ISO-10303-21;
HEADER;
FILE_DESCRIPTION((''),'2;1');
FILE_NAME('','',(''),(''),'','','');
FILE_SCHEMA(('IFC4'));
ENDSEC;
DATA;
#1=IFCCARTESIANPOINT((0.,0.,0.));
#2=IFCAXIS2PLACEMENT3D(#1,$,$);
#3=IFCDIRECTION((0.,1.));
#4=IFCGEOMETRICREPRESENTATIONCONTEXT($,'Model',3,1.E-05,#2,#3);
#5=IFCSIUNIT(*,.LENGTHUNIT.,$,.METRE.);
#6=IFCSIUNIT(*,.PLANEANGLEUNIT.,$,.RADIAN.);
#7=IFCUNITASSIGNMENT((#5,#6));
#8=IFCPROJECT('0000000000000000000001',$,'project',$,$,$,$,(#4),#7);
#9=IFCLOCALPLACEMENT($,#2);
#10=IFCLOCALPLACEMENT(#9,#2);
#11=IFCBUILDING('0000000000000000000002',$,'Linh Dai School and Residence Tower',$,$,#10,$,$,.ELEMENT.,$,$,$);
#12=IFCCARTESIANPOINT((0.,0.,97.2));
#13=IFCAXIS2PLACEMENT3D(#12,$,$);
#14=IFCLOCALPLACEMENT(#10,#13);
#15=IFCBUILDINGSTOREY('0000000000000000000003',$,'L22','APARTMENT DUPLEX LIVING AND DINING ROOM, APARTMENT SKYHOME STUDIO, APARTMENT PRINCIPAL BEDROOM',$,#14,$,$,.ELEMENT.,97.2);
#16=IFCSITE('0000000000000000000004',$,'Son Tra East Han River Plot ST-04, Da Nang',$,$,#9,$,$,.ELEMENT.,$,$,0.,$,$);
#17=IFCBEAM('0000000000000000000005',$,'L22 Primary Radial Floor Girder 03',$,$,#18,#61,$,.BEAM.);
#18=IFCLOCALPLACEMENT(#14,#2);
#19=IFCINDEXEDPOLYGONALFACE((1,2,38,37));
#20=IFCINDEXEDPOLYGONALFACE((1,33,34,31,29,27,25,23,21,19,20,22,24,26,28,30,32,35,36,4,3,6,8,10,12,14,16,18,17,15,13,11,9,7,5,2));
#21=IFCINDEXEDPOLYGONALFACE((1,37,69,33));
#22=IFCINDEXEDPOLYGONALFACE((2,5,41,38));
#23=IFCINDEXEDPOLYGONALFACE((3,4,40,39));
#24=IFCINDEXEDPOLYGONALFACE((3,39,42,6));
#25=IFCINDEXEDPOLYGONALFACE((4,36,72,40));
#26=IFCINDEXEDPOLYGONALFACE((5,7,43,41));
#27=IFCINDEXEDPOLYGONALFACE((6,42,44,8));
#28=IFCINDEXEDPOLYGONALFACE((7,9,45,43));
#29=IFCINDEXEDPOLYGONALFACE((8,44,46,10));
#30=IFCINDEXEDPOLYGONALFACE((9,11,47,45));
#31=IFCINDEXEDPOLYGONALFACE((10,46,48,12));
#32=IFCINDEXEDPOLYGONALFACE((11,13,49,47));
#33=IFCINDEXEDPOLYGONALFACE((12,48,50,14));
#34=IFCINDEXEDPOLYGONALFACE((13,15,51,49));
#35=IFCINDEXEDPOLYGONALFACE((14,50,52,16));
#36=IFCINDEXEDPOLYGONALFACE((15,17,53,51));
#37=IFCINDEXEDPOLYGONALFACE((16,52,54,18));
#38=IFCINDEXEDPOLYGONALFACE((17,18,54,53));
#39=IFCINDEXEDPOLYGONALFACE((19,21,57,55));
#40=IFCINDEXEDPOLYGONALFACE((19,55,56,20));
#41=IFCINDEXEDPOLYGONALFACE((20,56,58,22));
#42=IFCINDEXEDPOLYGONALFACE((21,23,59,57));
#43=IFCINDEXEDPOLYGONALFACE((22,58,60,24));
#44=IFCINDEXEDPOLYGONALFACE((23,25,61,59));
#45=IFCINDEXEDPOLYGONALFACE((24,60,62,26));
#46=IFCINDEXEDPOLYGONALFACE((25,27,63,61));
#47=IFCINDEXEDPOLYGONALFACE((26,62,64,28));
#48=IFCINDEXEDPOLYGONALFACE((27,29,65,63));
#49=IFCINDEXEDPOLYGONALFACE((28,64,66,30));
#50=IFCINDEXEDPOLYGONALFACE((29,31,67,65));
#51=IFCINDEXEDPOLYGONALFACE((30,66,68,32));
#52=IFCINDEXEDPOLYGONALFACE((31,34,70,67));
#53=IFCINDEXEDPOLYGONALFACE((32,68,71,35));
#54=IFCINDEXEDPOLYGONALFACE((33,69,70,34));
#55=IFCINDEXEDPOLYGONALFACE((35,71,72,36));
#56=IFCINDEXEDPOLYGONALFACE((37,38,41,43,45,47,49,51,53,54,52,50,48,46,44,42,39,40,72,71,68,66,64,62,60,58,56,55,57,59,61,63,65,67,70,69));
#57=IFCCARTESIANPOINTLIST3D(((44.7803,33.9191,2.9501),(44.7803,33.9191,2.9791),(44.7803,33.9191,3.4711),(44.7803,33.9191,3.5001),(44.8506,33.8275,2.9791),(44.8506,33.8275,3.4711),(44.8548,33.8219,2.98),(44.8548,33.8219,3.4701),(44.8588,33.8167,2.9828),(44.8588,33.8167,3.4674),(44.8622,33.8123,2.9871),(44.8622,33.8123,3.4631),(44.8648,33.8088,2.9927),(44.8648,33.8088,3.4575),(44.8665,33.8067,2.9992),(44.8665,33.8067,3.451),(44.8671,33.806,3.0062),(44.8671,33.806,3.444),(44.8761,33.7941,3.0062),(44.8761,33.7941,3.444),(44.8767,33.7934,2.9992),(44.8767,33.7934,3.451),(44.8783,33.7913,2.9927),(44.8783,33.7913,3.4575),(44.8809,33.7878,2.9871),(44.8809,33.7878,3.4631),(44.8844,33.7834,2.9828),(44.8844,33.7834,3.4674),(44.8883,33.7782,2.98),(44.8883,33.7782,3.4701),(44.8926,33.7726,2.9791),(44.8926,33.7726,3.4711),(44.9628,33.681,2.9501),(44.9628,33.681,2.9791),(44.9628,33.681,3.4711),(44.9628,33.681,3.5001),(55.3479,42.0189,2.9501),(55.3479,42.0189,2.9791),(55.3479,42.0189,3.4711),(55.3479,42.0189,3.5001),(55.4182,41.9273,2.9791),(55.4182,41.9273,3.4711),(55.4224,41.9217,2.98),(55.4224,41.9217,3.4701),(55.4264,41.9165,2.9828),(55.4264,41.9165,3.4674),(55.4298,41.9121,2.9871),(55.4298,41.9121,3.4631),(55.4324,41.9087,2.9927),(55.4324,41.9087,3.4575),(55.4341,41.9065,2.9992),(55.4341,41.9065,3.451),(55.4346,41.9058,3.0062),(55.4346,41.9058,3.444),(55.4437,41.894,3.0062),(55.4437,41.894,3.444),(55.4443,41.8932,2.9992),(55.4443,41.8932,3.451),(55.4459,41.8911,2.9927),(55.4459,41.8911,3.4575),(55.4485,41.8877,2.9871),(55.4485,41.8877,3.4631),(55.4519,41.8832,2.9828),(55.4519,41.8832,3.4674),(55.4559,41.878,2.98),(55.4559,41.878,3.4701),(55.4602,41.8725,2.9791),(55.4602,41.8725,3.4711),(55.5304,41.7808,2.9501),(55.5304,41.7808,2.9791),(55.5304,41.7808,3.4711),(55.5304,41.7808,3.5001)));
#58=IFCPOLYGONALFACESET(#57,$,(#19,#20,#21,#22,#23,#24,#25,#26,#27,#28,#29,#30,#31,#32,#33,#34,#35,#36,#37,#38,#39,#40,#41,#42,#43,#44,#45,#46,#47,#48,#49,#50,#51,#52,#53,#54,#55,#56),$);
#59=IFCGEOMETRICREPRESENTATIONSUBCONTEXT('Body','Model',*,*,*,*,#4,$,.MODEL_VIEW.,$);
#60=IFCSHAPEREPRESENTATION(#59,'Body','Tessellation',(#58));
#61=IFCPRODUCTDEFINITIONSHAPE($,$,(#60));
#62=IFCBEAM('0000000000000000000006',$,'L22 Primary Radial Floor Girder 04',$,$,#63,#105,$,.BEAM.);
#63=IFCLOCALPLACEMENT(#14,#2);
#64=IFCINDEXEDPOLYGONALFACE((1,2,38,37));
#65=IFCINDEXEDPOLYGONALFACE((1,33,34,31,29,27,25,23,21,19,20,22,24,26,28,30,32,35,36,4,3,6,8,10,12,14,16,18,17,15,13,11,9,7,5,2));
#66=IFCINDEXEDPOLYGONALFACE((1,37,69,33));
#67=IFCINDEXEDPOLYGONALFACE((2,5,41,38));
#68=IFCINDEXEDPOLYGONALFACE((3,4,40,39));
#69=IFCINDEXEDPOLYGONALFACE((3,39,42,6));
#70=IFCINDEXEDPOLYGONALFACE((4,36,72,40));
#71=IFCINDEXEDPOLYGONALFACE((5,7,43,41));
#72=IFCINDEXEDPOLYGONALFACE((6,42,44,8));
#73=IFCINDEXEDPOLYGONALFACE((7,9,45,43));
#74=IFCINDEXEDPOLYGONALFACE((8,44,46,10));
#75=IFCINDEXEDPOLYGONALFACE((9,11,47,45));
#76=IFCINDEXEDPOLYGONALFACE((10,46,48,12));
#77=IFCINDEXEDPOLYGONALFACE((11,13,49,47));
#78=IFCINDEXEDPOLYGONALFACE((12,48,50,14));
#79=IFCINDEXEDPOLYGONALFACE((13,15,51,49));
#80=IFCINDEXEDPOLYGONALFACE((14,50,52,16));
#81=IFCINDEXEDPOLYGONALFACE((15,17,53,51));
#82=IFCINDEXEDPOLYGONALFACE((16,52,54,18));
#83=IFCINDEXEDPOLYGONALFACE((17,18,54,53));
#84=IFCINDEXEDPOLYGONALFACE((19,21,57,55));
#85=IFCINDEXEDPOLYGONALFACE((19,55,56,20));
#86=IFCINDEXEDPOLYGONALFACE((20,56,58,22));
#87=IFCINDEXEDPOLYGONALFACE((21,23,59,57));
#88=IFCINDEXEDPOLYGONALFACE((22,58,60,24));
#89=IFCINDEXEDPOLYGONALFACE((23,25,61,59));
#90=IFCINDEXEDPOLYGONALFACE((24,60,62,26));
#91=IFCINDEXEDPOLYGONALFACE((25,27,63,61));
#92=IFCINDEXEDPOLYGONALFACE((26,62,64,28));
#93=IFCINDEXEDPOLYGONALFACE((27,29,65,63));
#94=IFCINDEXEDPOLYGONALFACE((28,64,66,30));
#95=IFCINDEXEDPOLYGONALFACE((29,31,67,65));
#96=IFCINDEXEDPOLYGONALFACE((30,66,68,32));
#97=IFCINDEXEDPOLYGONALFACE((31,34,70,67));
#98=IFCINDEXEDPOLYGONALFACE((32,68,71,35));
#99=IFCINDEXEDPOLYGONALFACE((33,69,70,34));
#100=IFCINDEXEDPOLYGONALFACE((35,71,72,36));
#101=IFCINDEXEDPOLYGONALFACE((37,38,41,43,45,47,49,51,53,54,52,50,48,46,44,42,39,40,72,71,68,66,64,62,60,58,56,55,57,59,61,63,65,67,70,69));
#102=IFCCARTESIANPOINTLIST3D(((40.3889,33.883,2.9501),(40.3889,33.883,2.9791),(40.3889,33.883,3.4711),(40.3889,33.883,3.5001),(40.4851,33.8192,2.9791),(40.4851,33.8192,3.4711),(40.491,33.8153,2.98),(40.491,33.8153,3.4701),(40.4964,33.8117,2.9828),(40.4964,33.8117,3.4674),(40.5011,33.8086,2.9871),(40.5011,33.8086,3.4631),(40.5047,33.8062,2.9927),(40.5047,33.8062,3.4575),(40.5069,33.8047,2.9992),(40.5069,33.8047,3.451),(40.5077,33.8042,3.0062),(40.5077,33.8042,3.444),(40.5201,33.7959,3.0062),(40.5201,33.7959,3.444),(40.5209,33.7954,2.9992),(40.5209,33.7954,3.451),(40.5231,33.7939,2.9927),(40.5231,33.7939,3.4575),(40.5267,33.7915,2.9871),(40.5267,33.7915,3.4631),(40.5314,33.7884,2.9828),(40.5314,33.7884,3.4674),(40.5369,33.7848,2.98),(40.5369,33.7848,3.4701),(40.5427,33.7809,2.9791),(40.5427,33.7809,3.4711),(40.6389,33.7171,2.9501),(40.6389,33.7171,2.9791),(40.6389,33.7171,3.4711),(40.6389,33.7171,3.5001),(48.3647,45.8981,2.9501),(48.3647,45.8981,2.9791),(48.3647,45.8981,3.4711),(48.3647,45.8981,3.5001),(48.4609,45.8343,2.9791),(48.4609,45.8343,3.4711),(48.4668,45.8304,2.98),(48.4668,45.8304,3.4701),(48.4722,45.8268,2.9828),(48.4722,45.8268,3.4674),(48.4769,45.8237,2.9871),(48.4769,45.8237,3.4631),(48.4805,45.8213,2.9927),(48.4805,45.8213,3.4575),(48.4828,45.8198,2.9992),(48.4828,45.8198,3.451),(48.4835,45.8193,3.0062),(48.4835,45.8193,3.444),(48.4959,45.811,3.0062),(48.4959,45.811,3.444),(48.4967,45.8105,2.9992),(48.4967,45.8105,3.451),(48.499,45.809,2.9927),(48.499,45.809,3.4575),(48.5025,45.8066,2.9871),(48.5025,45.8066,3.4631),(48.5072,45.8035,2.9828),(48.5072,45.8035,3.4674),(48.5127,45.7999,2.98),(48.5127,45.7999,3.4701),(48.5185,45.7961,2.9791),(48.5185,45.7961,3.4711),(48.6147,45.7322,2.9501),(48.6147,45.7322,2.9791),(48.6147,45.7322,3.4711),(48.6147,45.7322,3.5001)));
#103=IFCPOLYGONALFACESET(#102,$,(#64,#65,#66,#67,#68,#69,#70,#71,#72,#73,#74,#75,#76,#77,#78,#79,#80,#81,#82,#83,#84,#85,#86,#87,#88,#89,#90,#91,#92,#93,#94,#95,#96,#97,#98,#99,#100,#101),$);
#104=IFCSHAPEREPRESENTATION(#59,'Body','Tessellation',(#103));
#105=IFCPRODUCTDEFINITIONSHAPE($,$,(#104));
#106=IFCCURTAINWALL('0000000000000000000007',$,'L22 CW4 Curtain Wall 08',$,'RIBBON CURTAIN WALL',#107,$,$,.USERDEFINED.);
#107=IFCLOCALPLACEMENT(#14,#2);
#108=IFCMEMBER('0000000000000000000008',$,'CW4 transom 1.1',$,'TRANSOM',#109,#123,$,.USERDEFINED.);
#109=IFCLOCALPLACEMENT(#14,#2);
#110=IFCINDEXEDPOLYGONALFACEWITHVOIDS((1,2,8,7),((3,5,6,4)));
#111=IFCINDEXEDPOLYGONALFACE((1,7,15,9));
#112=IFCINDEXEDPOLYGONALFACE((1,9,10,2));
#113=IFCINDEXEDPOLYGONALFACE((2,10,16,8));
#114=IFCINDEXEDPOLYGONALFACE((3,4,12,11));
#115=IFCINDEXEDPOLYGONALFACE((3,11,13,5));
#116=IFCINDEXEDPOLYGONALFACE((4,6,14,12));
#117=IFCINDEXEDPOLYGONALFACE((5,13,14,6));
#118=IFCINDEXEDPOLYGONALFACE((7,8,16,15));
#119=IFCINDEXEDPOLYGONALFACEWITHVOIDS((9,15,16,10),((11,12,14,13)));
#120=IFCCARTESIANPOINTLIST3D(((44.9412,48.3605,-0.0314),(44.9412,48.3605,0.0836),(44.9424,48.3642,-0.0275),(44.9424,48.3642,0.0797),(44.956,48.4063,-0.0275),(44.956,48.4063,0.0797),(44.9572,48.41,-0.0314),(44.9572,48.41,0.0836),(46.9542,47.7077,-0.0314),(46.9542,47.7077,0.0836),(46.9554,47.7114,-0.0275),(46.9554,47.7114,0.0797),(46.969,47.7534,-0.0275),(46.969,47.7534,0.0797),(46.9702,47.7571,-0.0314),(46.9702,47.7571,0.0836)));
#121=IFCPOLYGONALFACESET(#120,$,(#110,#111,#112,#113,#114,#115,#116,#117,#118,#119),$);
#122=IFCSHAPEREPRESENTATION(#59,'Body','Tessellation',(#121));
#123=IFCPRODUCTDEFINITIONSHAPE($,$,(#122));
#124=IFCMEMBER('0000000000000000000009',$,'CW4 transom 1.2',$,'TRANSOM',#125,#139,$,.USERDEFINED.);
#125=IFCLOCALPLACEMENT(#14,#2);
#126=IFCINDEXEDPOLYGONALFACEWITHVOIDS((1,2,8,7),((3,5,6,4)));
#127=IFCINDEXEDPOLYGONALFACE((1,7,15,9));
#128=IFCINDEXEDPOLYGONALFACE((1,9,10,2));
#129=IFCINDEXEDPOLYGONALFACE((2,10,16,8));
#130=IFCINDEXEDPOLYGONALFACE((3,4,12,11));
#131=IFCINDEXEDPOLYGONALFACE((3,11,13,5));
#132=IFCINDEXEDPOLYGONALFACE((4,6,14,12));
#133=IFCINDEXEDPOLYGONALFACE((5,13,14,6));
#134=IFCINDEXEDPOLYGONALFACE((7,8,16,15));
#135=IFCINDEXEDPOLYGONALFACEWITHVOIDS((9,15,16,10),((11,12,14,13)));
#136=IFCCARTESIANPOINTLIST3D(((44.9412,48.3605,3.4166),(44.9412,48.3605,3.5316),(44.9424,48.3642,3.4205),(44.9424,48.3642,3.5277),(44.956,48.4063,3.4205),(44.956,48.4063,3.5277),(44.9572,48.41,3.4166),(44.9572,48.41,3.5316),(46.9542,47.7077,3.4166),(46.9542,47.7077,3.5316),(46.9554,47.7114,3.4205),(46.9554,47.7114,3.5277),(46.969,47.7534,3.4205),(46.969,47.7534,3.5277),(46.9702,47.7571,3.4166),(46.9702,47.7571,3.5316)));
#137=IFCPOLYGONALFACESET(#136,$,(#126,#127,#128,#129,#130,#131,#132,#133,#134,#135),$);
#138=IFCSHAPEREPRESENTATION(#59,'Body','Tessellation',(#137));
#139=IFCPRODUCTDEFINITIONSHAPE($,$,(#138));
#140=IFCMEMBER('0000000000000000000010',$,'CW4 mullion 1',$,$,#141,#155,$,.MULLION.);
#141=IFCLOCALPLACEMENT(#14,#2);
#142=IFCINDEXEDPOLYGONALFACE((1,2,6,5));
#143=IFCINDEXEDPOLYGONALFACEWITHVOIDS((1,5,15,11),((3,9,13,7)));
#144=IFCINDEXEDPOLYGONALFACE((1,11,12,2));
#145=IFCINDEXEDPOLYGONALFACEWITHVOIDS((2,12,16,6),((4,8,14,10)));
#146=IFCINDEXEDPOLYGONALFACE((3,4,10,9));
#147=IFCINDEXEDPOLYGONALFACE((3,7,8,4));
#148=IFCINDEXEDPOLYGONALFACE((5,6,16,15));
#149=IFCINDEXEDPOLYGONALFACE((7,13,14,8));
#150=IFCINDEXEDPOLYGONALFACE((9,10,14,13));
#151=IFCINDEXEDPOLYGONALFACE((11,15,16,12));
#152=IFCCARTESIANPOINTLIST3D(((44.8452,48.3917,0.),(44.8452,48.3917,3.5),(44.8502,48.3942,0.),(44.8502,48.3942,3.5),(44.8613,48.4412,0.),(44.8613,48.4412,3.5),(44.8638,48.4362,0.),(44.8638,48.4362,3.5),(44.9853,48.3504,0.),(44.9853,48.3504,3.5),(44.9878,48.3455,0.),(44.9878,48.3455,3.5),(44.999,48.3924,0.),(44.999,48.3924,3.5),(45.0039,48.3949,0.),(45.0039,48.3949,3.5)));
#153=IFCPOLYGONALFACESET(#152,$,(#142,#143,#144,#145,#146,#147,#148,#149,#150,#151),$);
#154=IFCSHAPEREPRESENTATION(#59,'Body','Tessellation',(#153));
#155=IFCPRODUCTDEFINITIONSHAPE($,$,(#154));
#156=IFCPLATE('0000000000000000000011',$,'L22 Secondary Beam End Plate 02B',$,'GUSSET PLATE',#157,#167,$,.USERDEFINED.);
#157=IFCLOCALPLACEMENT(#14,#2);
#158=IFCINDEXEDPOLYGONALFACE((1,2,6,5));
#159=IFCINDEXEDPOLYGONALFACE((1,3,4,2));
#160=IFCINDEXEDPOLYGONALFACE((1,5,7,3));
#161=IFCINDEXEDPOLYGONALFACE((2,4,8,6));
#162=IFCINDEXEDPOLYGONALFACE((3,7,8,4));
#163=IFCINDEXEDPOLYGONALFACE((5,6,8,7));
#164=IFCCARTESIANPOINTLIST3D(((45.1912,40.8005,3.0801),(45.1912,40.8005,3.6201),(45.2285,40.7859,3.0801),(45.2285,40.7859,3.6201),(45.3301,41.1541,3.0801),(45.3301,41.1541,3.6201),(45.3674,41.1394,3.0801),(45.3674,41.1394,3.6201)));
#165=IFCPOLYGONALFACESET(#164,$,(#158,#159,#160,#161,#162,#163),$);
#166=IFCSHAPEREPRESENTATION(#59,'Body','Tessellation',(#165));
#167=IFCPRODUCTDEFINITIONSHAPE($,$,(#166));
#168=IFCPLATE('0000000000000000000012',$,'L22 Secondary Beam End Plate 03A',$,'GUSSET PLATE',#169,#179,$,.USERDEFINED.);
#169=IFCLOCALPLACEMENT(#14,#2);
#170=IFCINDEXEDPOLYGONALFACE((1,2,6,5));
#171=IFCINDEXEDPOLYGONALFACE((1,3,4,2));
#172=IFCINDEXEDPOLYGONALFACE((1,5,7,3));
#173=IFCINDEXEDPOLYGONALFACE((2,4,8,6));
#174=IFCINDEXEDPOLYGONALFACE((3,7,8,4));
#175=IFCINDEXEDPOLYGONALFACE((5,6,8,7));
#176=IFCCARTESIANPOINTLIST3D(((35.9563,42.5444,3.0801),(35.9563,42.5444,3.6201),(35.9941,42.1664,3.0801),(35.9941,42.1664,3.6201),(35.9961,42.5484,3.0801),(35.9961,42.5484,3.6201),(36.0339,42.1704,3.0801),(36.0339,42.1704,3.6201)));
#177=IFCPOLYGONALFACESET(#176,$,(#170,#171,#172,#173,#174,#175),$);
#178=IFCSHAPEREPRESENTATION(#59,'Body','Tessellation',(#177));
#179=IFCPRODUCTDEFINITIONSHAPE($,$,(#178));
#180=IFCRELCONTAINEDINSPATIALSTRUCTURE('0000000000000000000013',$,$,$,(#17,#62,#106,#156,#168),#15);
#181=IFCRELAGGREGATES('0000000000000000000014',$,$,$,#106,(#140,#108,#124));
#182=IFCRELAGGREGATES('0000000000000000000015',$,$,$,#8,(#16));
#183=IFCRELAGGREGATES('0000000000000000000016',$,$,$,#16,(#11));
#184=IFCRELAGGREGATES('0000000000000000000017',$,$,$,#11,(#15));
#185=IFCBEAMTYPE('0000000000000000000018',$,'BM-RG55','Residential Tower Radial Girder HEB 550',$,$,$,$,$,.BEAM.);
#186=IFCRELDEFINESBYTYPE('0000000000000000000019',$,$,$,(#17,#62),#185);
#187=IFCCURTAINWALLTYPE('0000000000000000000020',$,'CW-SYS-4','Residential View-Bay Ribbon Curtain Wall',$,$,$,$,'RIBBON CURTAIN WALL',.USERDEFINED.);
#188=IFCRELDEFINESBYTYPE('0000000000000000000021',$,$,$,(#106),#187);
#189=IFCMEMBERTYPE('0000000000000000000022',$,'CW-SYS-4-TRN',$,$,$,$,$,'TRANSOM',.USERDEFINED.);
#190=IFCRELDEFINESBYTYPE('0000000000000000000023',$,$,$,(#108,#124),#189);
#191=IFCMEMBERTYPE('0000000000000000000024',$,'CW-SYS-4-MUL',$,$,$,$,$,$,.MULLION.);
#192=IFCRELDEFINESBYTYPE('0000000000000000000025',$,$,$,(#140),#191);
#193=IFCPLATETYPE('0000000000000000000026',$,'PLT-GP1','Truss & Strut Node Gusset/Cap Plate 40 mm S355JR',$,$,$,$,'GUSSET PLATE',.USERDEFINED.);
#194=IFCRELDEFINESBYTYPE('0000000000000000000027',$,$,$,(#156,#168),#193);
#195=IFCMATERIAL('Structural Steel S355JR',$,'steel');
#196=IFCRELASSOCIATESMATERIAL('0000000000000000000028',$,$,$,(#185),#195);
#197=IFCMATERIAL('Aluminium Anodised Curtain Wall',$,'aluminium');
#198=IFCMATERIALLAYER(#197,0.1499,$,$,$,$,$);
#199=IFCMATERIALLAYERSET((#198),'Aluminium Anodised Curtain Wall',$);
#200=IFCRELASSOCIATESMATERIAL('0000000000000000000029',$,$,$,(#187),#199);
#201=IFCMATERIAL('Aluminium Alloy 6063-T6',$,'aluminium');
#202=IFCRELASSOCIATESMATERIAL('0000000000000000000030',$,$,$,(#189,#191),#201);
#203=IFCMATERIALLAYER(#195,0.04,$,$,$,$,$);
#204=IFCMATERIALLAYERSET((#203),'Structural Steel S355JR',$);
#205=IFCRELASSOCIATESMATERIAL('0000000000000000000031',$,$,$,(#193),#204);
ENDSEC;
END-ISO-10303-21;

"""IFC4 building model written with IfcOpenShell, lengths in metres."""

from ifc_helpers import new_model, si_unit, direction, frame, origin, origin_2d, place, context, subcontext, project, spatial, rectangle, hollow_rectangle, i_section, extrude, source, transform, mapped, material, layer, layer_set, material_profile, profile_set, type_object, element, aggregate, save


model = new_model("IFC4")

# Units and contexts
model_context = context("Model", 3, precision=1e-05, world=origin(), true_north=direction((0.0, 1.0)))
body_context = subcontext(model_context, "Body", "Model", "MODEL_VIEW")
ifc_project = project(units=[si_unit("LENGTHUNIT", "METRE"), si_unit("PLANEANGLEUNIT", "RADIAN")], contexts=[model_context])

# Site, building, storey
site_placement = place(None, origin())
site = spatial("IfcSite", under=ifc_project, at=site_placement, Name="Son Tra East Han River Plot ST-04, Da Nang", CompositionType="ELEMENT", RefElevation=0.0)
building_placement = place(site_placement, origin())
building = spatial("IfcBuilding", under=site, at=building_placement, Name="Linh Dai School and Residence Tower", CompositionType="ELEMENT")
storey_placement = place(building_placement, frame((0.0, 0.0, 97.2)))
storey = spatial("IfcBuildingStorey", under=building, at=storey_placement, Name="L22", Description="APARTMENT DUPLEX LIVING AND DINING ROOM, APARTMENT SKYHOME STUDIO, APARTMENT PRINCIPAL BEDROOM", CompositionType="ELEMENT", Elevation=97.2)

# Shared definitions
ifc_material_1 = material(Name="Structural Steel S355JR", Category="steel")

# Beams
ifc_material_profile_1 = material_profile(ifc_material_1, i_section(OverallWidth=0.3, OverallDepth=0.55, WebThickness=0.0149, FlangeThickness=0.0291, FilletRadius=0.0271, at=origin_2d()), Name="HEB 550")
ifc_profile_set_1 = profile_set([ifc_material_profile_1], Name="Structural Steel S355JR")
beam_type_1 = type_object("IfcBeamType", Name="BM-RG55", Description="Residential Tower Radial Girder HEB 550", PredefinedType="BEAM", material=ifc_profile_set_1)
beam_1_placement = place(storey_placement, frame((44.8716, 33.8, 3.2251), z_axis=(0.793679, 0.608337, 0.0), x_axis=(-0.608337, 0.793679, 0.0)))
element("IfcBeam", 1, at=beam_1_placement, inside=storey, type_object=beam_type_1, Name="L22 Primary Radial Floor Girder 03", PredefinedType="BEAM", context=body_context, shape_type="SweptSolid", body=[
    extrude(i_section(OverallWidth=0.3, OverallDepth=0.55, WebThickness=0.0149, FlangeThickness=0.0291, FilletRadius=0.0271, at=origin_2d()), origin(), (0.0, 0.0, 1.0), 13.3147),
])
beam_2_placement = place(storey_placement, frame((40.5139, 33.8, 3.2251), z_axis=(0.553054, 0.833145, 0.0), x_axis=(-0.833145, 0.553054, 0.0)))
element("IfcBeam", 2, at=beam_2_placement, inside=storey, type_object=beam_type_1, Name="L22 Primary Radial Floor Girder 04", PredefinedType="BEAM", context=body_context, shape_type="SweptSolid", body=[
    extrude(i_section(OverallWidth=0.3, OverallDepth=0.55, WebThickness=0.0149, FlangeThickness=0.0291, FilletRadius=0.0271, at=origin_2d()), origin(), (0.0, 0.0, 1.0), 14.4214),
])

# Curtain wall, members
ifc_material_2 = material(Name="Aluminium Anodised Curtain Wall", Category="aluminium")
ifc_layer_1 = layer(ifc_material_2, 0.1499)
ifc_layer_set_1 = layer_set([ifc_layer_1], Name="Aluminium Anodised Curtain Wall")
curtain_wall_type = type_object("IfcCurtainWallType", Name="CW-SYS-4", Description="Residential View-Bay Ribbon Curtain Wall", ElementType="RIBBON CURTAIN WALL", PredefinedType="USERDEFINED", material=ifc_layer_set_1)
curtain_wall_placement = place(storey_placement, origin())
curtain_wall = element("IfcCurtainWall", 3, at=curtain_wall_placement, inside=storey, type_object=curtain_wall_type, Name="L22 CW4 Curtain Wall 08", ObjectType="RIBBON CURTAIN WALL", PredefinedType="USERDEFINED")
ifc_material_3 = material(Name="Aluminium Alloy 6063-T6", Category="aluminium")
ifc_material_profile_2 = material_profile(ifc_material_3, hollow_rectangle(XDim=0.052, YDim=0.115, WallThickness=0.0039, at=origin_2d()), Name="RHS 115x52x4")
ifc_profile_set_2 = profile_set([ifc_material_profile_2], Name="Aluminium Alloy 6063-T6")
member_type_1 = type_object("IfcMemberType", Name="CW-SYS-4-TRN", ElementType="TRANSOM", PredefinedType="USERDEFINED", material=ifc_profile_set_2)
shared_shape_1 = source(origin(), body_context, "Body", "SweptSolid", [
    extrude(hollow_rectangle(XDim=0.052, YDim=0.115, WallThickness=0.0039, at=origin_2d()), origin(), (0.0, 0.0, 1.0), 2.1162),
])
member_1_placement = place(storey_placement, frame((44.9492, 48.3853, 0.0261), z_axis=(0.951225, -0.308499, 0.0), x_axis=(0.308499, 0.951225, 0.0)))
member_1 = element("IfcMember", 4, at=member_1_placement, type_object=member_type_1, Name="CW4 transom 1.1", ObjectType="TRANSOM", PredefinedType="USERDEFINED", context=body_context, shape_type="MappedRepresentation", body=[
    mapped(shared_shape_1, transform((0.0, 0.0, 0.0), x_axis=(1.0, 0.0, 0.0), y_axis=(0.0, 1.0, 0.0), z_axis=(0.0, 0.0, 1.0), scale=1.0)),
])
member_2_placement = place(storey_placement, frame((44.9492, 48.3853, 3.4741), z_axis=(0.951225, -0.308499, 0.0), x_axis=(0.308499, 0.951225, 0.0)))
member_2 = element("IfcMember", 5, at=member_2_placement, type_object=member_type_1, Name="CW4 transom 1.2", ObjectType="TRANSOM", PredefinedType="USERDEFINED", context=body_context, shape_type="MappedRepresentation", body=[
    mapped(shared_shape_1, transform((0.0, 0.0, 0.0), x_axis=(1.0, 0.0, 0.0), y_axis=(0.0, 1.0, 0.0), z_axis=(0.0, 0.0, 1.0), scale=1.0)),
])
ifc_material_profile_3 = material_profile(ifc_material_3, hollow_rectangle(XDim=0.052, YDim=0.1499, WallThickness=0.0039, at=origin_2d()), Name="RHS 150x52x4")
ifc_profile_set_3 = profile_set([ifc_material_profile_3], Name="Aluminium Alloy 6063-T6")
member_type_2 = type_object("IfcMemberType", Name="CW-SYS-4-MUL", PredefinedType="MULLION", material=ifc_profile_set_3)
shared_shape_2 = source(origin(), body_context, "Body", "SweptSolid", [
    extrude(hollow_rectangle(XDim=0.052, YDim=0.1499, WallThickness=0.0039, at=origin_2d()), origin(), (0.0, 0.0, 1.0), 3.5),
])
member_3_placement = place(storey_placement, frame((44.9246, 48.3933, 0.0), z_axis=(0.0, 0.0, 1.0), x_axis=(0.308522, 0.951217, 0.0)))
member_3 = element("IfcMember", 6, at=member_3_placement, type_object=member_type_2, Name="CW4 mullion 1", PredefinedType="MULLION", context=body_context, shape_type="MappedRepresentation", body=[
    mapped(shared_shape_2, transform((0.0, 0.0, 0.0), x_axis=(1.0, 0.0, 0.0), y_axis=(0.0, 1.0, 0.0), z_axis=(0.0, 0.0, 1.0), scale=1.0)),
])

# Plates
ifc_layer_2 = layer(ifc_material_1, 0.04)
ifc_layer_set_2 = layer_set([ifc_layer_2], Name="Structural Steel S355JR")
plate_type_1 = type_object("IfcPlateType", Name="PLT-GP1", Description="Truss & Strut Node Gusset/Cap Plate 40 mm S355JR", ElementType="GUSSET PLATE", PredefinedType="USERDEFINED", material=ifc_layer_set_2)
shared_shape_3 = source(origin(), body_context, "Body", "SweptSolid", [
    extrude(rectangle(XDim=0.04, YDim=0.3799, at=origin_2d()), origin(), (0.0, 0.0, 1.0), 0.54),
])
for number, where, z_axis, x_axis, name in (
    (7, (45.2793, 40.97, 3.0801), (0.0, 0.0, 1.0), (-0.930752, 0.36565, 0.0), "L22 Secondary Beam End Plate 02B"),
    (8, (35.9951, 42.3574, 3.0801), (0.0, 0.0, 1.0), (-0.995042, -0.099458, 0.0), "L22 Secondary Beam End Plate 03A"),
):
    element("IfcPlate", number, at=place(storey_placement, frame(where, z_axis=z_axis, x_axis=x_axis)), inside=storey, type_object=plate_type_1, Name=name, ObjectType="GUSSET PLATE", PredefinedType="USERDEFINED", context=body_context, shape_type="MappedRepresentation", body=[
        mapped(shared_shape_3, transform((0.0, 0.0, 0.0), x_axis=(1.0, 0.0, 0.0), y_axis=(0.0, 1.0, 0.0), z_axis=(0.0, 0.0, 1.0), scale=1.0)),
    ])

aggregate(curtain_wall, [member_3, member_1, member_2])

save(model, "model.ifc")
